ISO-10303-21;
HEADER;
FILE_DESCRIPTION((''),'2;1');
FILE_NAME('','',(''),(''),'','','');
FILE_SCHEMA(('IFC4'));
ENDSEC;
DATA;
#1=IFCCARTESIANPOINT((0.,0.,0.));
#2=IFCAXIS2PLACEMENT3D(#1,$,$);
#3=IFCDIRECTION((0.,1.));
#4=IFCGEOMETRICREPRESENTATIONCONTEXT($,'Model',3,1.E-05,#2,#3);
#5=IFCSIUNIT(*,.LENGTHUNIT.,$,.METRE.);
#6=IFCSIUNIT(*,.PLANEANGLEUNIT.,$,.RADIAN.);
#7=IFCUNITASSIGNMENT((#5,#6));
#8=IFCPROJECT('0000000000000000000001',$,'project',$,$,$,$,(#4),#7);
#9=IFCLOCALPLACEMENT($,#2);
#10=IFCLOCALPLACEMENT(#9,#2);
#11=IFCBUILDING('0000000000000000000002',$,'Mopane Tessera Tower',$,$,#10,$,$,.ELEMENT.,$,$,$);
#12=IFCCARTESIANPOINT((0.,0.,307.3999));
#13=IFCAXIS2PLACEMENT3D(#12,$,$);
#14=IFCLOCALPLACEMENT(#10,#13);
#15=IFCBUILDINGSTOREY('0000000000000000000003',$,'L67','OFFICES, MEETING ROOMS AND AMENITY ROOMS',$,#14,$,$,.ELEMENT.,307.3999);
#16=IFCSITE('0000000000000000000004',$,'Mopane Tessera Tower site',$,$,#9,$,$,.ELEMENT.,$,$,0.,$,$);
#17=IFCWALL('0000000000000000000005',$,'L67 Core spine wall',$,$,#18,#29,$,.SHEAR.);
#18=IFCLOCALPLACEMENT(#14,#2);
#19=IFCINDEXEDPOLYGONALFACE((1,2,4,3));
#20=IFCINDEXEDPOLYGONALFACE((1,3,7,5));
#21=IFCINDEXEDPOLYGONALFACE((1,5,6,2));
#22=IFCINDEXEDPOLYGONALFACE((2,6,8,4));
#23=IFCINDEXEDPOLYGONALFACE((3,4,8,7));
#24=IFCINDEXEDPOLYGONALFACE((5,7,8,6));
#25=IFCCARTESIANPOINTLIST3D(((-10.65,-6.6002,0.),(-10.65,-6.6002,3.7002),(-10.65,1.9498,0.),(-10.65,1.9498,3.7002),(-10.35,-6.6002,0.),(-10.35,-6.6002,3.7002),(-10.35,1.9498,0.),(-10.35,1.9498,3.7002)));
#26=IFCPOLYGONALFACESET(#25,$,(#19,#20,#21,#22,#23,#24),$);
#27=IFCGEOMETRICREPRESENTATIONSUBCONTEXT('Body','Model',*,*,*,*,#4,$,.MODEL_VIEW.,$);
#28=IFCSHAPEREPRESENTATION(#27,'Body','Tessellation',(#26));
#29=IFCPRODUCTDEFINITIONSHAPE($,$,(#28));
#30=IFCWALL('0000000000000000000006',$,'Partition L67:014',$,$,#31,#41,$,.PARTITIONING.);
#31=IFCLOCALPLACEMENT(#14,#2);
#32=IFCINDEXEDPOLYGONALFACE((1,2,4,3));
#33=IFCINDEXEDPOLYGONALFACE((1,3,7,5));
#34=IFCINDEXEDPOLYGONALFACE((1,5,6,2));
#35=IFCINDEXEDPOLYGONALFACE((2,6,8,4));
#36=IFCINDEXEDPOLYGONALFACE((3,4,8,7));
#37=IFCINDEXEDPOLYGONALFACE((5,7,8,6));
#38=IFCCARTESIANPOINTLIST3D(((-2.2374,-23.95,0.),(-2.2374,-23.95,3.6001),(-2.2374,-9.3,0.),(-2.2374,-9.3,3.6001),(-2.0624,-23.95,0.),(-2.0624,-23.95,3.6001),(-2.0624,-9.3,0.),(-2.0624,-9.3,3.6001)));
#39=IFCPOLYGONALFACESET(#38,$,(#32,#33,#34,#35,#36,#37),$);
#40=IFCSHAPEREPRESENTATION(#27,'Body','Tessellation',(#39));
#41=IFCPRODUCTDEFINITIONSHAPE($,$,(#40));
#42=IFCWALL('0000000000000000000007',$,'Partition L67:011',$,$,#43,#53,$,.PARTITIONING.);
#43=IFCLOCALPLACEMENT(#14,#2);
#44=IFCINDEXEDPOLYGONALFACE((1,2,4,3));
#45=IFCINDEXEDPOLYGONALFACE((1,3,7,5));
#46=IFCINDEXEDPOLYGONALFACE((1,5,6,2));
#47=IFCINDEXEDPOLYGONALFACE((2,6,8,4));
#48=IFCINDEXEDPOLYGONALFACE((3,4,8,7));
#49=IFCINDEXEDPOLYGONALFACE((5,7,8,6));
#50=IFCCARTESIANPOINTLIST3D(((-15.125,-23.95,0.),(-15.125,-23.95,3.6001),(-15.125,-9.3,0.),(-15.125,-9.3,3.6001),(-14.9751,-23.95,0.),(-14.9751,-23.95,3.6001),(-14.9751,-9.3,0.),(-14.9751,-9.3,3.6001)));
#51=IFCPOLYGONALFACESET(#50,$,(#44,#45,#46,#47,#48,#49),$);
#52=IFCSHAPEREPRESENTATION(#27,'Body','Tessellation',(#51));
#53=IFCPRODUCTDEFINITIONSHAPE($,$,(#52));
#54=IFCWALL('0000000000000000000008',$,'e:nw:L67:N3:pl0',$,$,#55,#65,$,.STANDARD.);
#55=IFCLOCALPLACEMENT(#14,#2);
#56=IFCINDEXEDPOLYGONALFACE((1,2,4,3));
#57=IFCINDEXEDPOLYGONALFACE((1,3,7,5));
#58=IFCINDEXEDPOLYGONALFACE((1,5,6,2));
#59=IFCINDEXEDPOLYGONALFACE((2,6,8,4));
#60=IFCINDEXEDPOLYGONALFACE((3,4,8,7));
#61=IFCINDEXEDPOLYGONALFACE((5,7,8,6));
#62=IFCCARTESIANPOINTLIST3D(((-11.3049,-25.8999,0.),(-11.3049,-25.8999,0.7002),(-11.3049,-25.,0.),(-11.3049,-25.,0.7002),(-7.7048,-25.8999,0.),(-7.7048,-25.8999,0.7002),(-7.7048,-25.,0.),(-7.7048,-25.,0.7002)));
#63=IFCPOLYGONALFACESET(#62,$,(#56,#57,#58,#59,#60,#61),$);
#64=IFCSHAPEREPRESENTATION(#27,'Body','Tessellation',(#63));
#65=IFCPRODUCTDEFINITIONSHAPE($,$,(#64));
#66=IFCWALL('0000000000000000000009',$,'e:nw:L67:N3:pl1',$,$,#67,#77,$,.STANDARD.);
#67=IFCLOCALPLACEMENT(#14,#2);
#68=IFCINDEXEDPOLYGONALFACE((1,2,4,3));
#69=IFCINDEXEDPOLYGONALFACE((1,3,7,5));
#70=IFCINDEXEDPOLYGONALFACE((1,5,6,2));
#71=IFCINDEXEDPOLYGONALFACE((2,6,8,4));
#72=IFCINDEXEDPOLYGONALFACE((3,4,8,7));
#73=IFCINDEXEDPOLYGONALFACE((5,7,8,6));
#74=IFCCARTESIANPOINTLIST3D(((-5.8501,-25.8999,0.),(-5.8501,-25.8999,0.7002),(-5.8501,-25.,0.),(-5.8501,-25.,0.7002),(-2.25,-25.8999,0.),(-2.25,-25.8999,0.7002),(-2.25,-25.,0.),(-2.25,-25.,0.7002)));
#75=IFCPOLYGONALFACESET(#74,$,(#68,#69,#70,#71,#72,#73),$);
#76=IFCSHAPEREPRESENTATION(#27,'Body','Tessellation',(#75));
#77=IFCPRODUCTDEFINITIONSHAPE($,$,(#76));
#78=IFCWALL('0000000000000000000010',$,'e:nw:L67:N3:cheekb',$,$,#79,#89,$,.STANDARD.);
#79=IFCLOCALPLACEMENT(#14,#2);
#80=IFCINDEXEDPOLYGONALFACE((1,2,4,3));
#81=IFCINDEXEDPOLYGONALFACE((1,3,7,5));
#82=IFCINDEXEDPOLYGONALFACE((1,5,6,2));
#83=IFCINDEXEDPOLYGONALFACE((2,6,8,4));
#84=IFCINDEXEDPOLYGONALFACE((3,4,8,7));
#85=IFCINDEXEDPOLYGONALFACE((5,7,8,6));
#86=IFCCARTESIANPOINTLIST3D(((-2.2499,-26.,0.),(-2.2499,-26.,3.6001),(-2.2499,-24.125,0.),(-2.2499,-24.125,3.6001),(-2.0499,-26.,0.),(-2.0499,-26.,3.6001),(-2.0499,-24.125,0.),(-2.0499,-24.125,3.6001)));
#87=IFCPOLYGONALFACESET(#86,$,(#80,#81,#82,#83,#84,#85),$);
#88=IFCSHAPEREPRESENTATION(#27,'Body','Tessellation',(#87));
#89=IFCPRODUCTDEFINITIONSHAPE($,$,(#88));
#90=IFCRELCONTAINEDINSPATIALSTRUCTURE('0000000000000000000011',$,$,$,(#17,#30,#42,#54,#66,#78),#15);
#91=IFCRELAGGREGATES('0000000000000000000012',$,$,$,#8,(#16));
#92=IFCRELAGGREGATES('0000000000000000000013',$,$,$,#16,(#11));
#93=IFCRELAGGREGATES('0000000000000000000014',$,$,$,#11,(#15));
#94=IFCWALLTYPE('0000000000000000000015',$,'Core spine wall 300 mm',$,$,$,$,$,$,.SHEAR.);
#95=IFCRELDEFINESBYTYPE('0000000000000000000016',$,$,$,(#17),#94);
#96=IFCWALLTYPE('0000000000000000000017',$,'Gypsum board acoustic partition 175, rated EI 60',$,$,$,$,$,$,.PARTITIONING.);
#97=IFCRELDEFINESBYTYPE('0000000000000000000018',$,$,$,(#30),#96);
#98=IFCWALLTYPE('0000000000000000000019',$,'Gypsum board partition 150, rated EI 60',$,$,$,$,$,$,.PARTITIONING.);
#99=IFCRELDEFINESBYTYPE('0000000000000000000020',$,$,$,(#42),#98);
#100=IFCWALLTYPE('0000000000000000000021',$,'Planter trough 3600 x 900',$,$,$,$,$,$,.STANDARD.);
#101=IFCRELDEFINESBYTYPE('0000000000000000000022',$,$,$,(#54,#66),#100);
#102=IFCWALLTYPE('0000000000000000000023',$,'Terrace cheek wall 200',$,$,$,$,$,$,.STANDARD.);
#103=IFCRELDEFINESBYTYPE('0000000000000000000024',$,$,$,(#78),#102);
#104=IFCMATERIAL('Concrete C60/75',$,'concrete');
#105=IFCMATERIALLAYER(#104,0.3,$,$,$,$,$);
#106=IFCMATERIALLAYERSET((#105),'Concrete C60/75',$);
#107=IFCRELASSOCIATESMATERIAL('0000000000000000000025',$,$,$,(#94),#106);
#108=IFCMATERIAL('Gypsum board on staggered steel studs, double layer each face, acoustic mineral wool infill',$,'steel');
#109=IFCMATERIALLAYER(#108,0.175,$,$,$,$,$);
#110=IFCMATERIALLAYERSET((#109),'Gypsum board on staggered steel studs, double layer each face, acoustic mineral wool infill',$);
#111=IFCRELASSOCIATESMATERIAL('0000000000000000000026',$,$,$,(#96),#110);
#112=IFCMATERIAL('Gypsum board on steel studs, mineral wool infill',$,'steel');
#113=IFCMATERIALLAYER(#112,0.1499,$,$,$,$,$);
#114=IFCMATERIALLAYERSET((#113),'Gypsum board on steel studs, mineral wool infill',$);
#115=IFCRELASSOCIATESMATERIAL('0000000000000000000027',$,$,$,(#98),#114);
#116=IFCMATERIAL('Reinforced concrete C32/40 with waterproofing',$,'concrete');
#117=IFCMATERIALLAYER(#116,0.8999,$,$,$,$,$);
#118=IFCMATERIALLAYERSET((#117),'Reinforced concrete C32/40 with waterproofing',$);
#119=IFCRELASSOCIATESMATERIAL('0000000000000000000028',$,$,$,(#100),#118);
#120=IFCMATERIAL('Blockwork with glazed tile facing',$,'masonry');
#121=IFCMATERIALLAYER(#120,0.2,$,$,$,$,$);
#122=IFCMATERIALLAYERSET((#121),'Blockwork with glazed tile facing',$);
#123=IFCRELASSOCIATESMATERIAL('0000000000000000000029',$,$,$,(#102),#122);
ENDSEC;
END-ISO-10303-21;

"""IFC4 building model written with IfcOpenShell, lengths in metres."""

from ifc_helpers import new_model, si_unit, direction, frame, frame_2d, origin, place, context, subcontext, project, spatial, rectangle, extrude, material, layer, layer_set, type_object, element, save


model = new_model("IFC4")

# Units and contexts
model_context = context("Model", 3, precision=1e-05, world=origin(), true_north=direction((0.0, 1.0)))
body_context = subcontext(model_context, "Body", "Model", "MODEL_VIEW")
ifc_project = project(units=[si_unit("LENGTHUNIT", "METRE"), si_unit("PLANEANGLEUNIT", "RADIAN")], contexts=[model_context])

# Site, building, storey
site_placement = place(None, origin())
site = spatial("IfcSite", under=ifc_project, at=site_placement, Name="Mopane Tessera Tower site", CompositionType="ELEMENT", RefElevation=0.0)
building_placement = place(site_placement, origin())
building = spatial("IfcBuilding", under=site, at=building_placement, Name="Mopane Tessera Tower", CompositionType="ELEMENT")
storey_placement = place(building_placement, frame((0.0, 0.0, 307.3999)))
storey = spatial("IfcBuildingStorey", under=building, at=storey_placement, Name="L67", Description="OFFICES, MEETING ROOMS AND AMENITY ROOMS", CompositionType="ELEMENT", Elevation=307.3999)

# Walls
ifc_material_1 = material(Name="Concrete C60/75", Category="concrete")
ifc_layer_1 = layer(ifc_material_1, 0.3)
ifc_layer_set_1 = layer_set([ifc_layer_1], Name="Concrete C60/75")
wall_type_1 = type_object("IfcWallType", Name="Core spine wall 300 mm", PredefinedType="SHEAR", material=ifc_layer_set_1)
wall_1_placement = place(storey_placement, frame((-10.5, -6.6001, 0.0), z_axis=(0.0, 0.0, 1.0), x_axis=(0.0, 1.0, 0.0)))
element("IfcWall", 1, at=wall_1_placement, inside=storey, type_object=wall_type_1, Name="L67 Core spine wall", PredefinedType="SHEAR", context=body_context, shape_type="SweptSolid", body=[
    extrude(rectangle(XDim=8.55, YDim=0.3, at=frame_2d((4.2749, 0.0))), origin(), (0.0, 0.0, 1.0), 3.7002),
])
ifc_material_2 = material(Name="Gypsum board on staggered steel studs, double layer each face, acoustic mineral wool infill", Category="steel")
ifc_layer_2 = layer(ifc_material_2, 0.175)
ifc_layer_set_2 = layer_set([ifc_layer_2], Name="Gypsum board on staggered steel studs, double layer each face, acoustic mineral wool infill")
wall_type_2 = type_object("IfcWallType", Name="Gypsum board acoustic partition 175, rated EI 60", PredefinedType="PARTITIONING", material=ifc_layer_set_2)
wall_2_placement = place(storey_placement, frame((-2.1499, -23.95, 0.0), z_axis=(0.0, 0.0, 1.0), x_axis=(0.0, 1.0, 0.0)))
element("IfcWall", 2, at=wall_2_placement, inside=storey, type_object=wall_type_2, Name="Partition L67:014", PredefinedType="PARTITIONING", context=body_context, shape_type="SweptSolid", body=[
    extrude(rectangle(XDim=14.6499, YDim=0.175, at=frame_2d((7.325, 0.0))), origin(), (0.0, 0.0, 1.0), 3.6001),
])
ifc_material_3 = material(Name="Gypsum board on steel studs, mineral wool infill", Category="steel")
ifc_layer_3 = layer(ifc_material_3, 0.1499)
ifc_layer_set_3 = layer_set([ifc_layer_3], Name="Gypsum board on steel studs, mineral wool infill")
wall_type_3 = type_object("IfcWallType", Name="Gypsum board partition 150, rated EI 60", PredefinedType="PARTITIONING", material=ifc_layer_set_3)
wall_3_placement = place(storey_placement, frame((-15.05, -23.95, 0.0), z_axis=(0.0, 0.0, 1.0), x_axis=(0.0, 1.0, 0.0)))
element("IfcWall", 3, at=wall_3_placement, inside=storey, type_object=wall_type_3, Name="Partition L67:011", PredefinedType="PARTITIONING", context=body_context, shape_type="SweptSolid", body=[
    extrude(rectangle(XDim=14.6499, YDim=0.1499, at=frame_2d((7.325, 0.0))), origin(), (0.0, 0.0, 1.0), 3.6001),
])
ifc_material_4 = material(Name="Reinforced concrete C32/40 with waterproofing", Category="concrete")
ifc_layer_4 = layer(ifc_material_4, 0.8999)
ifc_layer_set_4 = layer_set([ifc_layer_4], Name="Reinforced concrete C32/40 with waterproofing")
wall_type_4 = type_object("IfcWallType", Name="Planter trough 3600 x 900", PredefinedType="STANDARD", material=ifc_layer_set_4)
for number, where, z_axis, x_axis, name in (
    (4, (-11.3049, -25.45, 0.0), (0.0, 0.0, 1.0), (1.0, 0.0, 0.0), "e:nw:L67:N3:pl0"),
    (5, (-5.8501, -25.45, 0.0), (0.0, 0.0, 1.0), (1.0, 0.0, 0.0), "e:nw:L67:N3:pl1"),
):
    element("IfcWall", number, at=place(storey_placement, frame(where, z_axis=z_axis, x_axis=x_axis)), inside=storey, type_object=wall_type_4, Name=name, PredefinedType="STANDARD", context=body_context, shape_type="SweptSolid", body=[
        extrude(rectangle(XDim=3.6001, YDim=0.8999, at=frame_2d((1.8, 0.0))), origin(), (0.0, 0.0, 1.0), 0.7002),
    ])
ifc_material_5 = material(Name="Blockwork with glazed tile facing", Category="masonry")
ifc_layer_5 = layer(ifc_material_5, 0.2)
ifc_layer_set_5 = layer_set([ifc_layer_5], Name="Blockwork with glazed tile facing")
wall_type_5 = type_object("IfcWallType", Name="Terrace cheek wall 200", PredefinedType="STANDARD", material=ifc_layer_set_5)
wall_4_placement = place(storey_placement, frame((-2.1499, -26.0, 0.0), z_axis=(0.0, 0.0, 1.0), x_axis=(0.0, 1.0, 0.0)))
element("IfcWall", 6, at=wall_4_placement, inside=storey, type_object=wall_type_5, Name="e:nw:L67:N3:cheekb", PredefinedType="STANDARD", context=body_context, shape_type="SweptSolid", body=[
    extrude(rectangle(XDim=1.875, YDim=0.2, at=frame_2d((0.9375, 0.0))), origin(), (0.0, 0.0, 1.0), 3.6001),
])

save(model, "model.ifc")
